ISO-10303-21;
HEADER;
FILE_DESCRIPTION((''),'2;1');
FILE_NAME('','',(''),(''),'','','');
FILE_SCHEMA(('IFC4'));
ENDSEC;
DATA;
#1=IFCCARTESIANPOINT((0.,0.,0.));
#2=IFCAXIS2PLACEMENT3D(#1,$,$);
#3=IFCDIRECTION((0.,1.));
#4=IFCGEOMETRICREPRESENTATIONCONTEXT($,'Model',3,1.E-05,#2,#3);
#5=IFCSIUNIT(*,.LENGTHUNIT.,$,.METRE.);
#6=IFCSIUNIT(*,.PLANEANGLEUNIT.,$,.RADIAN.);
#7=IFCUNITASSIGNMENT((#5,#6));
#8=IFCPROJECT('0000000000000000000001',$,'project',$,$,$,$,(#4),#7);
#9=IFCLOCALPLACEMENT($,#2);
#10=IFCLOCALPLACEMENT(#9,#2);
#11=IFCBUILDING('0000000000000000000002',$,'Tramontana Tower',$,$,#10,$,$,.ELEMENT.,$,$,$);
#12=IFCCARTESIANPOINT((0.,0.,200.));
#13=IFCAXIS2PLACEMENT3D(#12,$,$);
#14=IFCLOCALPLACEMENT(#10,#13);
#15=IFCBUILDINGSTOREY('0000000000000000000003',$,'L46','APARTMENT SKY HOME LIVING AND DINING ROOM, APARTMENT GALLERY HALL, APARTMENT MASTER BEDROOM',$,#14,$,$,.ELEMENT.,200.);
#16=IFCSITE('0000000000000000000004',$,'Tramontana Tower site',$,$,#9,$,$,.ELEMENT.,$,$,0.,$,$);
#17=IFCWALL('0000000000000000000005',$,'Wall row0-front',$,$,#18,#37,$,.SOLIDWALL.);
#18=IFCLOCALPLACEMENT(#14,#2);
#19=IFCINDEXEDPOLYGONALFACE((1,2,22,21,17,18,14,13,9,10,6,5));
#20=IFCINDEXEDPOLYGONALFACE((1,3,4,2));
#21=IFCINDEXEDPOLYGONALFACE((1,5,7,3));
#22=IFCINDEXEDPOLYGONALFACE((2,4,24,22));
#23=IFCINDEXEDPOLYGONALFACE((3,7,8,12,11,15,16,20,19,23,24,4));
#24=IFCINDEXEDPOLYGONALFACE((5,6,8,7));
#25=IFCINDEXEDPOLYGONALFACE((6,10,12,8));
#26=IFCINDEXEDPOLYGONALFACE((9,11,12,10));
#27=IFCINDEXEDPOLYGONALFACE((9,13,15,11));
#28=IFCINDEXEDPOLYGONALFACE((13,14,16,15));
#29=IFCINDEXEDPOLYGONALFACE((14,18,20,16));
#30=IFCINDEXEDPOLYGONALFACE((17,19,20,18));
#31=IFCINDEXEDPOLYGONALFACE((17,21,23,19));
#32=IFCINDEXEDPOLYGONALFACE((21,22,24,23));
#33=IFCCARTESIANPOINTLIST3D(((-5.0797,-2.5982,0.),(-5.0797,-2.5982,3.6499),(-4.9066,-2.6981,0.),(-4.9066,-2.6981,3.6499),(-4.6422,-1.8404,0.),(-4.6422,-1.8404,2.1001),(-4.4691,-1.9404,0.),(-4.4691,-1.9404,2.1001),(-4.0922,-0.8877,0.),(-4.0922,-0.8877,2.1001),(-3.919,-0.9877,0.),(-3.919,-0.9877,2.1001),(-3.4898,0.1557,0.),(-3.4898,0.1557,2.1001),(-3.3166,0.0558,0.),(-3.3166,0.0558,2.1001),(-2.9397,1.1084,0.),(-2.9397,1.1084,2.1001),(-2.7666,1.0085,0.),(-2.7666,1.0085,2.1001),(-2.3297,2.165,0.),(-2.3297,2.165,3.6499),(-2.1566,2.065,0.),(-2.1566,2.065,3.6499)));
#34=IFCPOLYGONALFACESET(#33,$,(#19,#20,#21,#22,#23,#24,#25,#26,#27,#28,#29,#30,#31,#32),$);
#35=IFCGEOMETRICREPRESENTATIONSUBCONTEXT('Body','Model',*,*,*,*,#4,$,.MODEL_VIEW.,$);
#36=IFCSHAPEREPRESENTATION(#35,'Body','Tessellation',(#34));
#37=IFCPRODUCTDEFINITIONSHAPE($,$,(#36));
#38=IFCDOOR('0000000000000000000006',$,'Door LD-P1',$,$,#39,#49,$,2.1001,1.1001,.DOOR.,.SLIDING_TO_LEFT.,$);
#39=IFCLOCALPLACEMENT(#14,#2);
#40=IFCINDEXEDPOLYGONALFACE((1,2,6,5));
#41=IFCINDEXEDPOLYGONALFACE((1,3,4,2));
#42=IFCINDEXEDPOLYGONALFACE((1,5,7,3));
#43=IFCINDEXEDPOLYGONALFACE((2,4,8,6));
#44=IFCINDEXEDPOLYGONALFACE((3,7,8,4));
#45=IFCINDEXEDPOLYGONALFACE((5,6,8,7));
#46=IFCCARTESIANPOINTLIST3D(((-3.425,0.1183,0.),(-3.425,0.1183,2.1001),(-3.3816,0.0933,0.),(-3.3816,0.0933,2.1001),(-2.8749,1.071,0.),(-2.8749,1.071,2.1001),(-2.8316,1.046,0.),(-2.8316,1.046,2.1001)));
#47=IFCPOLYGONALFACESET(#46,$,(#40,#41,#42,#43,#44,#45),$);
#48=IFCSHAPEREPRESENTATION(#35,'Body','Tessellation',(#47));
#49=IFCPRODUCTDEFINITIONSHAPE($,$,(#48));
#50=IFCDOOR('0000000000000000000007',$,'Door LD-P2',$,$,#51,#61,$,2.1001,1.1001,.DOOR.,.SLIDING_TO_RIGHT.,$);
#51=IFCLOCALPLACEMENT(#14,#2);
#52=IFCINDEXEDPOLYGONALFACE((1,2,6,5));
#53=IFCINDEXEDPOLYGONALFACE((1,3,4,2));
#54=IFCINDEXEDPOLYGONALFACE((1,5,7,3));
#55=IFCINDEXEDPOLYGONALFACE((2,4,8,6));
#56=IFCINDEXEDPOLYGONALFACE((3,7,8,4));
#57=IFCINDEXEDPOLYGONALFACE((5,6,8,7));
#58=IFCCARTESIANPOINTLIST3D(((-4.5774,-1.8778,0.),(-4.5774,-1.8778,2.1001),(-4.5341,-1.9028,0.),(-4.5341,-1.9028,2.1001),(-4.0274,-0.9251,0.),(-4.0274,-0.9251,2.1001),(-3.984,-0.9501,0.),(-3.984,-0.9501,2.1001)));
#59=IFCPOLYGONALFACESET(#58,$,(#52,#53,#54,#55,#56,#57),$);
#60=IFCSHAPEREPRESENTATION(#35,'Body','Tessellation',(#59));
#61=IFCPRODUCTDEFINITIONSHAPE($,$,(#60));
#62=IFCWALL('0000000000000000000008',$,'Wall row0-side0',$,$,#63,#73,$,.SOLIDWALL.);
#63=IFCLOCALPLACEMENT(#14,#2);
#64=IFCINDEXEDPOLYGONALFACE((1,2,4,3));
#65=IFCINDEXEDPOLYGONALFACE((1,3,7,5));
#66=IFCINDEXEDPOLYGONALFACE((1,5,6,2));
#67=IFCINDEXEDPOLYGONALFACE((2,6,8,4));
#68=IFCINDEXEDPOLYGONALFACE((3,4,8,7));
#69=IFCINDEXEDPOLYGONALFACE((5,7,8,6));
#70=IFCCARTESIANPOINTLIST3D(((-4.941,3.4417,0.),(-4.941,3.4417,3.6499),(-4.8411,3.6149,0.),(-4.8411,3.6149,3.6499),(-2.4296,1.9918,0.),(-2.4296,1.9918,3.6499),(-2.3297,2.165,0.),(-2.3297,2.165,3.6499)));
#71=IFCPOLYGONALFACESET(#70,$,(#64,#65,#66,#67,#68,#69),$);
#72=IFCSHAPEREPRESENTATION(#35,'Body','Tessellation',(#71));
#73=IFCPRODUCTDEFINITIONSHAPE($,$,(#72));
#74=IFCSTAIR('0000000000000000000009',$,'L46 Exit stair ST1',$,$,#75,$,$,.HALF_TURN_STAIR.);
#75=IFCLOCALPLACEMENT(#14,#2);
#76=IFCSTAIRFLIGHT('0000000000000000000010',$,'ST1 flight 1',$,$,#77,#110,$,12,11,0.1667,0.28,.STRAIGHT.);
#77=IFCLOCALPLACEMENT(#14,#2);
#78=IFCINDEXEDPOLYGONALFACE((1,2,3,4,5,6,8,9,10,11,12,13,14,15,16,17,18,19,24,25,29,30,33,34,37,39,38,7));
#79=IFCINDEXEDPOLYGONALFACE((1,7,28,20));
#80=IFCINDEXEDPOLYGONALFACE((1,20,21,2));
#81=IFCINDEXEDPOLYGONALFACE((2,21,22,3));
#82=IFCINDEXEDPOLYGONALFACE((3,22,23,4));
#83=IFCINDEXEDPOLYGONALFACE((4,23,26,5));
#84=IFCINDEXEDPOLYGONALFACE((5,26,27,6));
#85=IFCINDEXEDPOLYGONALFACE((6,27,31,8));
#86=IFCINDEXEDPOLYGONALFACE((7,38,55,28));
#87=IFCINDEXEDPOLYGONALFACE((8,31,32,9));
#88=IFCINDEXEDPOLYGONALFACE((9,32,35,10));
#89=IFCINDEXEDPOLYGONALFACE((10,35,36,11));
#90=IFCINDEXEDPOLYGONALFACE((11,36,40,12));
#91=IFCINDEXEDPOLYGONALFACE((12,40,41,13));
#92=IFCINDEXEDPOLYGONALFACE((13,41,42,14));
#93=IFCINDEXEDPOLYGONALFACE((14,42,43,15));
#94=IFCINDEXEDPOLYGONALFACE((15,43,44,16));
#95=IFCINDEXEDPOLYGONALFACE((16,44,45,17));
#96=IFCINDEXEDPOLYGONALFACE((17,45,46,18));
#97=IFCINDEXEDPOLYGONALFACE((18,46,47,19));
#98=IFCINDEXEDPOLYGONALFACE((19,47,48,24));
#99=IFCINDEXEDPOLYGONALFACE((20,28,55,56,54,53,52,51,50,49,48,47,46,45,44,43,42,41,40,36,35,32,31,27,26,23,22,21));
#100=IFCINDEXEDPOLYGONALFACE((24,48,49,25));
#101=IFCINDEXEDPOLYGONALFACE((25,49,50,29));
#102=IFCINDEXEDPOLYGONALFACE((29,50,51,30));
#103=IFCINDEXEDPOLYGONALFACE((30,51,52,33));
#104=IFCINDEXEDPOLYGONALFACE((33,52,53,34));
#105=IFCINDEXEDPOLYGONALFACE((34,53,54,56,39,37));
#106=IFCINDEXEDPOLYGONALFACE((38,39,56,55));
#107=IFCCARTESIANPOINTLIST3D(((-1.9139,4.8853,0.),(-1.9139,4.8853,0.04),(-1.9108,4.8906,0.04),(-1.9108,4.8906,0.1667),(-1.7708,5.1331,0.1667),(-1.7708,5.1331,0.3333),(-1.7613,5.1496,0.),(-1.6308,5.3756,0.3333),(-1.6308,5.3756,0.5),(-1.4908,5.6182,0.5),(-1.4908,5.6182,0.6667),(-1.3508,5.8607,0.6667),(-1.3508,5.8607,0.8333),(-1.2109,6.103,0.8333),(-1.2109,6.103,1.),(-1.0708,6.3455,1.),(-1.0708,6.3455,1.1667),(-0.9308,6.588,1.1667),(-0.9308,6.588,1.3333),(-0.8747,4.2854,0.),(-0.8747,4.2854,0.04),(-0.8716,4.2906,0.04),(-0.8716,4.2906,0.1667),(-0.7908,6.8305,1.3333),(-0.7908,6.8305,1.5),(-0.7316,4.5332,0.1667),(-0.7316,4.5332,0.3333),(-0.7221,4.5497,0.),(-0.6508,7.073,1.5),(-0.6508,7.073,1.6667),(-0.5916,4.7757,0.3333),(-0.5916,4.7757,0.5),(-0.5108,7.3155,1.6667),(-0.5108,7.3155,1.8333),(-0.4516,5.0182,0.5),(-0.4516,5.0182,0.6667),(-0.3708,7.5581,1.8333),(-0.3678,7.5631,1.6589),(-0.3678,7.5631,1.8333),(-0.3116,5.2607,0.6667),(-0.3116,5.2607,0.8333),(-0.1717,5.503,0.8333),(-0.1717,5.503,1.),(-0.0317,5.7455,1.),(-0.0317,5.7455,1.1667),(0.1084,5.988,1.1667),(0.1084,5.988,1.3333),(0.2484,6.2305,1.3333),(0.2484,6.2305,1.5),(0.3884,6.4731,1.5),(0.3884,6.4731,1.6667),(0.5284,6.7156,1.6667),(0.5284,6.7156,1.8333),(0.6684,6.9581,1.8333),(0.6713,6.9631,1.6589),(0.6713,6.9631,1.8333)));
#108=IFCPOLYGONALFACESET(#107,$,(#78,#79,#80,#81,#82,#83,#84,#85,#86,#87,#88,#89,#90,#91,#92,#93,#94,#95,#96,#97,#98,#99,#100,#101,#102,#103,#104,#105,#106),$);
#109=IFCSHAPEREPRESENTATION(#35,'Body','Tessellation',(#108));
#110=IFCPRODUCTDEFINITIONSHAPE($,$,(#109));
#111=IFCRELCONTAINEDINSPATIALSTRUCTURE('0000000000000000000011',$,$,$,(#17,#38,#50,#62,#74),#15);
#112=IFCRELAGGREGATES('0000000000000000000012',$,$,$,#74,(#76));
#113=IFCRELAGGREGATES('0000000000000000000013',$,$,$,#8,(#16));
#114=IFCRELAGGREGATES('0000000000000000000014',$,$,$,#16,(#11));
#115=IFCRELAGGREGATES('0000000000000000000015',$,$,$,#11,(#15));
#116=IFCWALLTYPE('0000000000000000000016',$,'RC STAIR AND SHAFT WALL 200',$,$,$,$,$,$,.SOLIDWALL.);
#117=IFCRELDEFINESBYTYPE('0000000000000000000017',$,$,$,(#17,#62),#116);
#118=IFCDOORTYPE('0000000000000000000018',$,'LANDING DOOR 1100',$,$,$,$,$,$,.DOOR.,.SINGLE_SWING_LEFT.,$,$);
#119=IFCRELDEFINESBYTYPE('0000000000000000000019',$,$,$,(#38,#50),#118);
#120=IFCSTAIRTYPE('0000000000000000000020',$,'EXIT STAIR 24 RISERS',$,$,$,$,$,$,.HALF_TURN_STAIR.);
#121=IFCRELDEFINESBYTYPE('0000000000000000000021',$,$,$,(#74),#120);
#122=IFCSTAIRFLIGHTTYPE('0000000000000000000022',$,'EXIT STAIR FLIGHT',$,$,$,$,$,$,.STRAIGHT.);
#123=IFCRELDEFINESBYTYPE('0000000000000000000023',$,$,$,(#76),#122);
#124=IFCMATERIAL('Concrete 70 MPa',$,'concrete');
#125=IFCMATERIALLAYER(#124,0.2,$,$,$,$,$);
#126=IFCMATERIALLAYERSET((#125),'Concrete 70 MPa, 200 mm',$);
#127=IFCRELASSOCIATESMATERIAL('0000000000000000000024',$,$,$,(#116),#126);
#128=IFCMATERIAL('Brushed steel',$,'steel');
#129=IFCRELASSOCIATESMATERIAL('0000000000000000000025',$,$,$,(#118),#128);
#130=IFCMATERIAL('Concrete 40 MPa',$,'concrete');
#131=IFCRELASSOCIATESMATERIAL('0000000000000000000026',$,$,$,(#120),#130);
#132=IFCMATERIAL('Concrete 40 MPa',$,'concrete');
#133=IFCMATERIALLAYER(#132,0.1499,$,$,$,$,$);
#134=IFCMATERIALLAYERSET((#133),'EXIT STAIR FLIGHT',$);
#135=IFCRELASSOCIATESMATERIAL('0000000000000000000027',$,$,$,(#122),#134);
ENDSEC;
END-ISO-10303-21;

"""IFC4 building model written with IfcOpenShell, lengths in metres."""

from ifc_helpers import new_model, si_unit, direction, frame, frame_2d, origin, place, context, subcontext, project, spatial, polyline, rectangle, outline, extrude, material, layer, layer_set, type_object, element, fill, aggregate, save


model = new_model("IFC4")

# Units and contexts
model_context = context("Model", 3, precision=1e-05, world=origin(), true_north=direction((0.0, 1.0)))
body_context = subcontext(model_context, "Body", "Model", "MODEL_VIEW")
ifc_project = project(units=[si_unit("LENGTHUNIT", "METRE"), si_unit("PLANEANGLEUNIT", "RADIAN")], contexts=[model_context])

# Site, building, storey
site_placement = place(None, origin())
site = spatial("IfcSite", under=ifc_project, at=site_placement, Name="Tramontana Tower site", CompositionType="ELEMENT", RefElevation=0.0)
building_placement = place(site_placement, origin())
building = spatial("IfcBuilding", under=site, at=building_placement, Name="Tramontana Tower", CompositionType="ELEMENT")
storey_placement = place(building_placement, frame((0.0, 0.0, 200.0)))
storey = spatial("IfcBuildingStorey", under=building, at=storey_placement, Name="L46", Description="APARTMENT SKY HOME LIVING AND DINING ROOM, APARTMENT GALLERY HALL, APARTMENT MASTER BEDROOM", CompositionType="ELEMENT", Elevation=200.0)

# Shared definitions
ifc_material_1 = material(Name="Concrete 70 MPa", Category="concrete")
ifc_layer_1 = layer(ifc_material_1, 0.2)
ifc_layer_set_1 = layer_set([ifc_layer_1], Name="Concrete 70 MPa, 200 mm")
wall_type_1 = type_object("IfcWallType", Name="RC STAIR AND SHAFT WALL 200", PredefinedType="SOLIDWALL", material=ifc_layer_set_1)

# Wall, openings, doors
wall_1_placement = place(storey_placement, frame((-2.2432, 2.115, 0.0), z_axis=(0.0, 0.0, 1.0), x_axis=(-0.499997, -0.866027, 0.0)))
wall_1 = element("IfcWall", 1, at=wall_1_placement, inside=storey, type_object=wall_type_1, Name="Wall row0-front", PredefinedType="SOLIDWALL", context=body_context, shape_type="SweptSolid", body=[
    extrude(rectangle(XDim=5.5, YDim=0.2, at=frame_2d((2.75, 0.0))), origin(), (0.0, 0.0, 1.0), 3.6499),
])
opening_1_placement = place(wall_1_placement, frame((1.22, 0.0, 0.0)))
opening_1 = element("IfcOpeningElement", 2, at=opening_1_placement, cuts=wall_1, PredefinedType="OPENING", context=body_context, shape_type="SweptSolid", body=[
    extrude(rectangle(XDim=1.1001, YDim=2.1001, at=frame_2d((0.55, 1.05))), frame((0.0, 0.1099, 0.0), z_axis=(0.0, -1.0, 0.0), x_axis=(1.0, 0.0, 0.0)), (0.0, 0.0, 1.0), 0.22),
])
opening_2_placement = place(wall_1_placement, frame((3.5249, 0.0, 0.0)))
opening_2 = element("IfcOpeningElement", 3, at=opening_2_placement, cuts=wall_1, PredefinedType="OPENING", context=body_context, shape_type="SweptSolid", body=[
    extrude(rectangle(XDim=1.1001, YDim=2.1001, at=frame_2d((0.55, 1.05))), frame((0.0, 0.1099, 0.0), z_axis=(0.0, -1.0, 0.0), x_axis=(1.0, 0.0, 0.0)), (0.0, 0.0, 1.0), 0.22),
])
ifc_material_2 = material(Name="Brushed steel", Category="steel")
door_type_1 = type_object("IfcDoorType", Name="LANDING DOOR 1100", OperationType="SINGLE_SWING_LEFT", PredefinedType="DOOR", material=ifc_material_2)
door_1_placement = place(opening_1_placement, origin())
door_1 = element("IfcDoor", 4, at=door_1_placement, inside=storey, type_object=door_type_1, Name="Door LD-P1", OperationType="SLIDING_TO_LEFT", OverallHeight=2.1001, OverallWidth=1.1001, PredefinedType="DOOR", context=body_context, shape_type="SweptSolid", body=[
    extrude(rectangle(XDim=1.1001, YDim=2.1001, at=frame_2d((0.55, 1.05))), frame((0.0, 0.0249, 0.0), z_axis=(0.0, -1.0, 0.0), x_axis=(1.0, 0.0, 0.0)), (0.0, 0.0, 1.0), 0.05),
])
fill(opening_1, door_1)
door_2_placement = place(opening_2_placement, origin())
door_2 = element("IfcDoor", 5, at=door_2_placement, inside=storey, type_object=door_type_1, Name="Door LD-P2", OperationType="SLIDING_TO_RIGHT", OverallHeight=2.1001, OverallWidth=1.1001, PredefinedType="DOOR", context=body_context, shape_type="SweptSolid", body=[
    extrude(rectangle(XDim=1.1001, YDim=2.1001, at=frame_2d((0.55, 1.05))), frame((0.0, 0.0249, 0.0), z_axis=(0.0, -1.0, 0.0), x_axis=(1.0, 0.0, 0.0)), (0.0, 0.0, 1.0), 0.05),
])
fill(opening_2, door_2)

# Wall
wall_2_placement = place(storey_placement, frame((-2.3796, 2.0784, 0.0), z_axis=(0.0, 0.0, 1.0), x_axis=(-0.866033, 0.499987, 0.0)))
element("IfcWall", 6, at=wall_2_placement, inside=storey, type_object=wall_type_1, Name="Wall row0-side0", PredefinedType="SOLIDWALL", context=body_context, shape_type="SweptSolid", body=[
    extrude(rectangle(XDim=2.8999, YDim=0.2, at=frame_2d((1.45, 0.0))), origin(), (0.0, 0.0, 1.0), 3.6499),
])

# Stair, stair flight
ifc_material_3 = material(Name="Concrete 40 MPa", Category="concrete")
stair_type = type_object("IfcStairType", Name="EXIT STAIR 24 RISERS", PredefinedType="HALF_TURN_STAIR", material=ifc_material_3)
stair_placement = place(storey_placement, origin())
stair = element("IfcStair", 7, at=stair_placement, inside=storey, type_object=stair_type, Name="L46 Exit stair ST1", PredefinedType="HALF_TURN_STAIR")
ifc_material_4 = material(Name="Concrete 40 MPa", Category="concrete")
ifc_layer_2 = layer(ifc_material_4, 0.1499)
ifc_layer_set_2 = layer_set([ifc_layer_2], Name="EXIT STAIR FLIGHT")
stair_flight_type = type_object("IfcStairFlightType", Name="EXIT STAIR FLIGHT", PredefinedType="STRAIGHT", material=ifc_layer_set_2)
stair_flight_placement = place(storey_placement, frame((-1.3911, 4.5906, 0.0), z_axis=(0.0, 0.0, 1.0), x_axis=(0.5, 0.866025, 0.0)))
stair_flight = element("IfcStairFlight", 8, at=stair_flight_placement, type_object=stair_flight_type, Name="ST1 flight 1", NumberOfRisers=12, NumberOfTreads=11, PredefinedType="STRAIGHT", RiserHeight=0.1667, TreadLength=0.28, context=body_context, shape_type="SweptSolid", body=[
    extrude(outline(polyline([(-0.0061, 0.0), (-0.0061, 0.04), (0.0, 0.04), (0.0, 0.1667), (0.28, 0.1667), (0.28, 0.3333), (0.5601, 0.3333), (0.5601, 0.5), (0.8401, 0.5), (0.8401, 0.6667), (1.1201, 0.6667), (1.1201, 0.8333), (1.3999, 0.8333), (1.3999, 1.0), (1.6799, 1.0), (1.6799, 1.1667), (1.96, 1.1667), (1.96, 1.3333), (2.24, 1.3333), (2.24, 1.5), (2.52, 1.5), (2.52, 1.6667), (2.8, 1.6667), (2.8, 1.8333), (3.0801, 1.8333), (3.0859, 1.8333), (3.0859, 1.6589), (0.2991, 0.0), (-0.0061, 0.0)])), frame((0.0, 0.6001, 0.0), z_axis=(0.0, -1.0, 0.0), x_axis=(1.0, 0.0, 0.0)), (0.0, 0.0, 1.0), 1.2),
])
aggregate(stair, [stair_flight])

save(model, "model.ifc")
